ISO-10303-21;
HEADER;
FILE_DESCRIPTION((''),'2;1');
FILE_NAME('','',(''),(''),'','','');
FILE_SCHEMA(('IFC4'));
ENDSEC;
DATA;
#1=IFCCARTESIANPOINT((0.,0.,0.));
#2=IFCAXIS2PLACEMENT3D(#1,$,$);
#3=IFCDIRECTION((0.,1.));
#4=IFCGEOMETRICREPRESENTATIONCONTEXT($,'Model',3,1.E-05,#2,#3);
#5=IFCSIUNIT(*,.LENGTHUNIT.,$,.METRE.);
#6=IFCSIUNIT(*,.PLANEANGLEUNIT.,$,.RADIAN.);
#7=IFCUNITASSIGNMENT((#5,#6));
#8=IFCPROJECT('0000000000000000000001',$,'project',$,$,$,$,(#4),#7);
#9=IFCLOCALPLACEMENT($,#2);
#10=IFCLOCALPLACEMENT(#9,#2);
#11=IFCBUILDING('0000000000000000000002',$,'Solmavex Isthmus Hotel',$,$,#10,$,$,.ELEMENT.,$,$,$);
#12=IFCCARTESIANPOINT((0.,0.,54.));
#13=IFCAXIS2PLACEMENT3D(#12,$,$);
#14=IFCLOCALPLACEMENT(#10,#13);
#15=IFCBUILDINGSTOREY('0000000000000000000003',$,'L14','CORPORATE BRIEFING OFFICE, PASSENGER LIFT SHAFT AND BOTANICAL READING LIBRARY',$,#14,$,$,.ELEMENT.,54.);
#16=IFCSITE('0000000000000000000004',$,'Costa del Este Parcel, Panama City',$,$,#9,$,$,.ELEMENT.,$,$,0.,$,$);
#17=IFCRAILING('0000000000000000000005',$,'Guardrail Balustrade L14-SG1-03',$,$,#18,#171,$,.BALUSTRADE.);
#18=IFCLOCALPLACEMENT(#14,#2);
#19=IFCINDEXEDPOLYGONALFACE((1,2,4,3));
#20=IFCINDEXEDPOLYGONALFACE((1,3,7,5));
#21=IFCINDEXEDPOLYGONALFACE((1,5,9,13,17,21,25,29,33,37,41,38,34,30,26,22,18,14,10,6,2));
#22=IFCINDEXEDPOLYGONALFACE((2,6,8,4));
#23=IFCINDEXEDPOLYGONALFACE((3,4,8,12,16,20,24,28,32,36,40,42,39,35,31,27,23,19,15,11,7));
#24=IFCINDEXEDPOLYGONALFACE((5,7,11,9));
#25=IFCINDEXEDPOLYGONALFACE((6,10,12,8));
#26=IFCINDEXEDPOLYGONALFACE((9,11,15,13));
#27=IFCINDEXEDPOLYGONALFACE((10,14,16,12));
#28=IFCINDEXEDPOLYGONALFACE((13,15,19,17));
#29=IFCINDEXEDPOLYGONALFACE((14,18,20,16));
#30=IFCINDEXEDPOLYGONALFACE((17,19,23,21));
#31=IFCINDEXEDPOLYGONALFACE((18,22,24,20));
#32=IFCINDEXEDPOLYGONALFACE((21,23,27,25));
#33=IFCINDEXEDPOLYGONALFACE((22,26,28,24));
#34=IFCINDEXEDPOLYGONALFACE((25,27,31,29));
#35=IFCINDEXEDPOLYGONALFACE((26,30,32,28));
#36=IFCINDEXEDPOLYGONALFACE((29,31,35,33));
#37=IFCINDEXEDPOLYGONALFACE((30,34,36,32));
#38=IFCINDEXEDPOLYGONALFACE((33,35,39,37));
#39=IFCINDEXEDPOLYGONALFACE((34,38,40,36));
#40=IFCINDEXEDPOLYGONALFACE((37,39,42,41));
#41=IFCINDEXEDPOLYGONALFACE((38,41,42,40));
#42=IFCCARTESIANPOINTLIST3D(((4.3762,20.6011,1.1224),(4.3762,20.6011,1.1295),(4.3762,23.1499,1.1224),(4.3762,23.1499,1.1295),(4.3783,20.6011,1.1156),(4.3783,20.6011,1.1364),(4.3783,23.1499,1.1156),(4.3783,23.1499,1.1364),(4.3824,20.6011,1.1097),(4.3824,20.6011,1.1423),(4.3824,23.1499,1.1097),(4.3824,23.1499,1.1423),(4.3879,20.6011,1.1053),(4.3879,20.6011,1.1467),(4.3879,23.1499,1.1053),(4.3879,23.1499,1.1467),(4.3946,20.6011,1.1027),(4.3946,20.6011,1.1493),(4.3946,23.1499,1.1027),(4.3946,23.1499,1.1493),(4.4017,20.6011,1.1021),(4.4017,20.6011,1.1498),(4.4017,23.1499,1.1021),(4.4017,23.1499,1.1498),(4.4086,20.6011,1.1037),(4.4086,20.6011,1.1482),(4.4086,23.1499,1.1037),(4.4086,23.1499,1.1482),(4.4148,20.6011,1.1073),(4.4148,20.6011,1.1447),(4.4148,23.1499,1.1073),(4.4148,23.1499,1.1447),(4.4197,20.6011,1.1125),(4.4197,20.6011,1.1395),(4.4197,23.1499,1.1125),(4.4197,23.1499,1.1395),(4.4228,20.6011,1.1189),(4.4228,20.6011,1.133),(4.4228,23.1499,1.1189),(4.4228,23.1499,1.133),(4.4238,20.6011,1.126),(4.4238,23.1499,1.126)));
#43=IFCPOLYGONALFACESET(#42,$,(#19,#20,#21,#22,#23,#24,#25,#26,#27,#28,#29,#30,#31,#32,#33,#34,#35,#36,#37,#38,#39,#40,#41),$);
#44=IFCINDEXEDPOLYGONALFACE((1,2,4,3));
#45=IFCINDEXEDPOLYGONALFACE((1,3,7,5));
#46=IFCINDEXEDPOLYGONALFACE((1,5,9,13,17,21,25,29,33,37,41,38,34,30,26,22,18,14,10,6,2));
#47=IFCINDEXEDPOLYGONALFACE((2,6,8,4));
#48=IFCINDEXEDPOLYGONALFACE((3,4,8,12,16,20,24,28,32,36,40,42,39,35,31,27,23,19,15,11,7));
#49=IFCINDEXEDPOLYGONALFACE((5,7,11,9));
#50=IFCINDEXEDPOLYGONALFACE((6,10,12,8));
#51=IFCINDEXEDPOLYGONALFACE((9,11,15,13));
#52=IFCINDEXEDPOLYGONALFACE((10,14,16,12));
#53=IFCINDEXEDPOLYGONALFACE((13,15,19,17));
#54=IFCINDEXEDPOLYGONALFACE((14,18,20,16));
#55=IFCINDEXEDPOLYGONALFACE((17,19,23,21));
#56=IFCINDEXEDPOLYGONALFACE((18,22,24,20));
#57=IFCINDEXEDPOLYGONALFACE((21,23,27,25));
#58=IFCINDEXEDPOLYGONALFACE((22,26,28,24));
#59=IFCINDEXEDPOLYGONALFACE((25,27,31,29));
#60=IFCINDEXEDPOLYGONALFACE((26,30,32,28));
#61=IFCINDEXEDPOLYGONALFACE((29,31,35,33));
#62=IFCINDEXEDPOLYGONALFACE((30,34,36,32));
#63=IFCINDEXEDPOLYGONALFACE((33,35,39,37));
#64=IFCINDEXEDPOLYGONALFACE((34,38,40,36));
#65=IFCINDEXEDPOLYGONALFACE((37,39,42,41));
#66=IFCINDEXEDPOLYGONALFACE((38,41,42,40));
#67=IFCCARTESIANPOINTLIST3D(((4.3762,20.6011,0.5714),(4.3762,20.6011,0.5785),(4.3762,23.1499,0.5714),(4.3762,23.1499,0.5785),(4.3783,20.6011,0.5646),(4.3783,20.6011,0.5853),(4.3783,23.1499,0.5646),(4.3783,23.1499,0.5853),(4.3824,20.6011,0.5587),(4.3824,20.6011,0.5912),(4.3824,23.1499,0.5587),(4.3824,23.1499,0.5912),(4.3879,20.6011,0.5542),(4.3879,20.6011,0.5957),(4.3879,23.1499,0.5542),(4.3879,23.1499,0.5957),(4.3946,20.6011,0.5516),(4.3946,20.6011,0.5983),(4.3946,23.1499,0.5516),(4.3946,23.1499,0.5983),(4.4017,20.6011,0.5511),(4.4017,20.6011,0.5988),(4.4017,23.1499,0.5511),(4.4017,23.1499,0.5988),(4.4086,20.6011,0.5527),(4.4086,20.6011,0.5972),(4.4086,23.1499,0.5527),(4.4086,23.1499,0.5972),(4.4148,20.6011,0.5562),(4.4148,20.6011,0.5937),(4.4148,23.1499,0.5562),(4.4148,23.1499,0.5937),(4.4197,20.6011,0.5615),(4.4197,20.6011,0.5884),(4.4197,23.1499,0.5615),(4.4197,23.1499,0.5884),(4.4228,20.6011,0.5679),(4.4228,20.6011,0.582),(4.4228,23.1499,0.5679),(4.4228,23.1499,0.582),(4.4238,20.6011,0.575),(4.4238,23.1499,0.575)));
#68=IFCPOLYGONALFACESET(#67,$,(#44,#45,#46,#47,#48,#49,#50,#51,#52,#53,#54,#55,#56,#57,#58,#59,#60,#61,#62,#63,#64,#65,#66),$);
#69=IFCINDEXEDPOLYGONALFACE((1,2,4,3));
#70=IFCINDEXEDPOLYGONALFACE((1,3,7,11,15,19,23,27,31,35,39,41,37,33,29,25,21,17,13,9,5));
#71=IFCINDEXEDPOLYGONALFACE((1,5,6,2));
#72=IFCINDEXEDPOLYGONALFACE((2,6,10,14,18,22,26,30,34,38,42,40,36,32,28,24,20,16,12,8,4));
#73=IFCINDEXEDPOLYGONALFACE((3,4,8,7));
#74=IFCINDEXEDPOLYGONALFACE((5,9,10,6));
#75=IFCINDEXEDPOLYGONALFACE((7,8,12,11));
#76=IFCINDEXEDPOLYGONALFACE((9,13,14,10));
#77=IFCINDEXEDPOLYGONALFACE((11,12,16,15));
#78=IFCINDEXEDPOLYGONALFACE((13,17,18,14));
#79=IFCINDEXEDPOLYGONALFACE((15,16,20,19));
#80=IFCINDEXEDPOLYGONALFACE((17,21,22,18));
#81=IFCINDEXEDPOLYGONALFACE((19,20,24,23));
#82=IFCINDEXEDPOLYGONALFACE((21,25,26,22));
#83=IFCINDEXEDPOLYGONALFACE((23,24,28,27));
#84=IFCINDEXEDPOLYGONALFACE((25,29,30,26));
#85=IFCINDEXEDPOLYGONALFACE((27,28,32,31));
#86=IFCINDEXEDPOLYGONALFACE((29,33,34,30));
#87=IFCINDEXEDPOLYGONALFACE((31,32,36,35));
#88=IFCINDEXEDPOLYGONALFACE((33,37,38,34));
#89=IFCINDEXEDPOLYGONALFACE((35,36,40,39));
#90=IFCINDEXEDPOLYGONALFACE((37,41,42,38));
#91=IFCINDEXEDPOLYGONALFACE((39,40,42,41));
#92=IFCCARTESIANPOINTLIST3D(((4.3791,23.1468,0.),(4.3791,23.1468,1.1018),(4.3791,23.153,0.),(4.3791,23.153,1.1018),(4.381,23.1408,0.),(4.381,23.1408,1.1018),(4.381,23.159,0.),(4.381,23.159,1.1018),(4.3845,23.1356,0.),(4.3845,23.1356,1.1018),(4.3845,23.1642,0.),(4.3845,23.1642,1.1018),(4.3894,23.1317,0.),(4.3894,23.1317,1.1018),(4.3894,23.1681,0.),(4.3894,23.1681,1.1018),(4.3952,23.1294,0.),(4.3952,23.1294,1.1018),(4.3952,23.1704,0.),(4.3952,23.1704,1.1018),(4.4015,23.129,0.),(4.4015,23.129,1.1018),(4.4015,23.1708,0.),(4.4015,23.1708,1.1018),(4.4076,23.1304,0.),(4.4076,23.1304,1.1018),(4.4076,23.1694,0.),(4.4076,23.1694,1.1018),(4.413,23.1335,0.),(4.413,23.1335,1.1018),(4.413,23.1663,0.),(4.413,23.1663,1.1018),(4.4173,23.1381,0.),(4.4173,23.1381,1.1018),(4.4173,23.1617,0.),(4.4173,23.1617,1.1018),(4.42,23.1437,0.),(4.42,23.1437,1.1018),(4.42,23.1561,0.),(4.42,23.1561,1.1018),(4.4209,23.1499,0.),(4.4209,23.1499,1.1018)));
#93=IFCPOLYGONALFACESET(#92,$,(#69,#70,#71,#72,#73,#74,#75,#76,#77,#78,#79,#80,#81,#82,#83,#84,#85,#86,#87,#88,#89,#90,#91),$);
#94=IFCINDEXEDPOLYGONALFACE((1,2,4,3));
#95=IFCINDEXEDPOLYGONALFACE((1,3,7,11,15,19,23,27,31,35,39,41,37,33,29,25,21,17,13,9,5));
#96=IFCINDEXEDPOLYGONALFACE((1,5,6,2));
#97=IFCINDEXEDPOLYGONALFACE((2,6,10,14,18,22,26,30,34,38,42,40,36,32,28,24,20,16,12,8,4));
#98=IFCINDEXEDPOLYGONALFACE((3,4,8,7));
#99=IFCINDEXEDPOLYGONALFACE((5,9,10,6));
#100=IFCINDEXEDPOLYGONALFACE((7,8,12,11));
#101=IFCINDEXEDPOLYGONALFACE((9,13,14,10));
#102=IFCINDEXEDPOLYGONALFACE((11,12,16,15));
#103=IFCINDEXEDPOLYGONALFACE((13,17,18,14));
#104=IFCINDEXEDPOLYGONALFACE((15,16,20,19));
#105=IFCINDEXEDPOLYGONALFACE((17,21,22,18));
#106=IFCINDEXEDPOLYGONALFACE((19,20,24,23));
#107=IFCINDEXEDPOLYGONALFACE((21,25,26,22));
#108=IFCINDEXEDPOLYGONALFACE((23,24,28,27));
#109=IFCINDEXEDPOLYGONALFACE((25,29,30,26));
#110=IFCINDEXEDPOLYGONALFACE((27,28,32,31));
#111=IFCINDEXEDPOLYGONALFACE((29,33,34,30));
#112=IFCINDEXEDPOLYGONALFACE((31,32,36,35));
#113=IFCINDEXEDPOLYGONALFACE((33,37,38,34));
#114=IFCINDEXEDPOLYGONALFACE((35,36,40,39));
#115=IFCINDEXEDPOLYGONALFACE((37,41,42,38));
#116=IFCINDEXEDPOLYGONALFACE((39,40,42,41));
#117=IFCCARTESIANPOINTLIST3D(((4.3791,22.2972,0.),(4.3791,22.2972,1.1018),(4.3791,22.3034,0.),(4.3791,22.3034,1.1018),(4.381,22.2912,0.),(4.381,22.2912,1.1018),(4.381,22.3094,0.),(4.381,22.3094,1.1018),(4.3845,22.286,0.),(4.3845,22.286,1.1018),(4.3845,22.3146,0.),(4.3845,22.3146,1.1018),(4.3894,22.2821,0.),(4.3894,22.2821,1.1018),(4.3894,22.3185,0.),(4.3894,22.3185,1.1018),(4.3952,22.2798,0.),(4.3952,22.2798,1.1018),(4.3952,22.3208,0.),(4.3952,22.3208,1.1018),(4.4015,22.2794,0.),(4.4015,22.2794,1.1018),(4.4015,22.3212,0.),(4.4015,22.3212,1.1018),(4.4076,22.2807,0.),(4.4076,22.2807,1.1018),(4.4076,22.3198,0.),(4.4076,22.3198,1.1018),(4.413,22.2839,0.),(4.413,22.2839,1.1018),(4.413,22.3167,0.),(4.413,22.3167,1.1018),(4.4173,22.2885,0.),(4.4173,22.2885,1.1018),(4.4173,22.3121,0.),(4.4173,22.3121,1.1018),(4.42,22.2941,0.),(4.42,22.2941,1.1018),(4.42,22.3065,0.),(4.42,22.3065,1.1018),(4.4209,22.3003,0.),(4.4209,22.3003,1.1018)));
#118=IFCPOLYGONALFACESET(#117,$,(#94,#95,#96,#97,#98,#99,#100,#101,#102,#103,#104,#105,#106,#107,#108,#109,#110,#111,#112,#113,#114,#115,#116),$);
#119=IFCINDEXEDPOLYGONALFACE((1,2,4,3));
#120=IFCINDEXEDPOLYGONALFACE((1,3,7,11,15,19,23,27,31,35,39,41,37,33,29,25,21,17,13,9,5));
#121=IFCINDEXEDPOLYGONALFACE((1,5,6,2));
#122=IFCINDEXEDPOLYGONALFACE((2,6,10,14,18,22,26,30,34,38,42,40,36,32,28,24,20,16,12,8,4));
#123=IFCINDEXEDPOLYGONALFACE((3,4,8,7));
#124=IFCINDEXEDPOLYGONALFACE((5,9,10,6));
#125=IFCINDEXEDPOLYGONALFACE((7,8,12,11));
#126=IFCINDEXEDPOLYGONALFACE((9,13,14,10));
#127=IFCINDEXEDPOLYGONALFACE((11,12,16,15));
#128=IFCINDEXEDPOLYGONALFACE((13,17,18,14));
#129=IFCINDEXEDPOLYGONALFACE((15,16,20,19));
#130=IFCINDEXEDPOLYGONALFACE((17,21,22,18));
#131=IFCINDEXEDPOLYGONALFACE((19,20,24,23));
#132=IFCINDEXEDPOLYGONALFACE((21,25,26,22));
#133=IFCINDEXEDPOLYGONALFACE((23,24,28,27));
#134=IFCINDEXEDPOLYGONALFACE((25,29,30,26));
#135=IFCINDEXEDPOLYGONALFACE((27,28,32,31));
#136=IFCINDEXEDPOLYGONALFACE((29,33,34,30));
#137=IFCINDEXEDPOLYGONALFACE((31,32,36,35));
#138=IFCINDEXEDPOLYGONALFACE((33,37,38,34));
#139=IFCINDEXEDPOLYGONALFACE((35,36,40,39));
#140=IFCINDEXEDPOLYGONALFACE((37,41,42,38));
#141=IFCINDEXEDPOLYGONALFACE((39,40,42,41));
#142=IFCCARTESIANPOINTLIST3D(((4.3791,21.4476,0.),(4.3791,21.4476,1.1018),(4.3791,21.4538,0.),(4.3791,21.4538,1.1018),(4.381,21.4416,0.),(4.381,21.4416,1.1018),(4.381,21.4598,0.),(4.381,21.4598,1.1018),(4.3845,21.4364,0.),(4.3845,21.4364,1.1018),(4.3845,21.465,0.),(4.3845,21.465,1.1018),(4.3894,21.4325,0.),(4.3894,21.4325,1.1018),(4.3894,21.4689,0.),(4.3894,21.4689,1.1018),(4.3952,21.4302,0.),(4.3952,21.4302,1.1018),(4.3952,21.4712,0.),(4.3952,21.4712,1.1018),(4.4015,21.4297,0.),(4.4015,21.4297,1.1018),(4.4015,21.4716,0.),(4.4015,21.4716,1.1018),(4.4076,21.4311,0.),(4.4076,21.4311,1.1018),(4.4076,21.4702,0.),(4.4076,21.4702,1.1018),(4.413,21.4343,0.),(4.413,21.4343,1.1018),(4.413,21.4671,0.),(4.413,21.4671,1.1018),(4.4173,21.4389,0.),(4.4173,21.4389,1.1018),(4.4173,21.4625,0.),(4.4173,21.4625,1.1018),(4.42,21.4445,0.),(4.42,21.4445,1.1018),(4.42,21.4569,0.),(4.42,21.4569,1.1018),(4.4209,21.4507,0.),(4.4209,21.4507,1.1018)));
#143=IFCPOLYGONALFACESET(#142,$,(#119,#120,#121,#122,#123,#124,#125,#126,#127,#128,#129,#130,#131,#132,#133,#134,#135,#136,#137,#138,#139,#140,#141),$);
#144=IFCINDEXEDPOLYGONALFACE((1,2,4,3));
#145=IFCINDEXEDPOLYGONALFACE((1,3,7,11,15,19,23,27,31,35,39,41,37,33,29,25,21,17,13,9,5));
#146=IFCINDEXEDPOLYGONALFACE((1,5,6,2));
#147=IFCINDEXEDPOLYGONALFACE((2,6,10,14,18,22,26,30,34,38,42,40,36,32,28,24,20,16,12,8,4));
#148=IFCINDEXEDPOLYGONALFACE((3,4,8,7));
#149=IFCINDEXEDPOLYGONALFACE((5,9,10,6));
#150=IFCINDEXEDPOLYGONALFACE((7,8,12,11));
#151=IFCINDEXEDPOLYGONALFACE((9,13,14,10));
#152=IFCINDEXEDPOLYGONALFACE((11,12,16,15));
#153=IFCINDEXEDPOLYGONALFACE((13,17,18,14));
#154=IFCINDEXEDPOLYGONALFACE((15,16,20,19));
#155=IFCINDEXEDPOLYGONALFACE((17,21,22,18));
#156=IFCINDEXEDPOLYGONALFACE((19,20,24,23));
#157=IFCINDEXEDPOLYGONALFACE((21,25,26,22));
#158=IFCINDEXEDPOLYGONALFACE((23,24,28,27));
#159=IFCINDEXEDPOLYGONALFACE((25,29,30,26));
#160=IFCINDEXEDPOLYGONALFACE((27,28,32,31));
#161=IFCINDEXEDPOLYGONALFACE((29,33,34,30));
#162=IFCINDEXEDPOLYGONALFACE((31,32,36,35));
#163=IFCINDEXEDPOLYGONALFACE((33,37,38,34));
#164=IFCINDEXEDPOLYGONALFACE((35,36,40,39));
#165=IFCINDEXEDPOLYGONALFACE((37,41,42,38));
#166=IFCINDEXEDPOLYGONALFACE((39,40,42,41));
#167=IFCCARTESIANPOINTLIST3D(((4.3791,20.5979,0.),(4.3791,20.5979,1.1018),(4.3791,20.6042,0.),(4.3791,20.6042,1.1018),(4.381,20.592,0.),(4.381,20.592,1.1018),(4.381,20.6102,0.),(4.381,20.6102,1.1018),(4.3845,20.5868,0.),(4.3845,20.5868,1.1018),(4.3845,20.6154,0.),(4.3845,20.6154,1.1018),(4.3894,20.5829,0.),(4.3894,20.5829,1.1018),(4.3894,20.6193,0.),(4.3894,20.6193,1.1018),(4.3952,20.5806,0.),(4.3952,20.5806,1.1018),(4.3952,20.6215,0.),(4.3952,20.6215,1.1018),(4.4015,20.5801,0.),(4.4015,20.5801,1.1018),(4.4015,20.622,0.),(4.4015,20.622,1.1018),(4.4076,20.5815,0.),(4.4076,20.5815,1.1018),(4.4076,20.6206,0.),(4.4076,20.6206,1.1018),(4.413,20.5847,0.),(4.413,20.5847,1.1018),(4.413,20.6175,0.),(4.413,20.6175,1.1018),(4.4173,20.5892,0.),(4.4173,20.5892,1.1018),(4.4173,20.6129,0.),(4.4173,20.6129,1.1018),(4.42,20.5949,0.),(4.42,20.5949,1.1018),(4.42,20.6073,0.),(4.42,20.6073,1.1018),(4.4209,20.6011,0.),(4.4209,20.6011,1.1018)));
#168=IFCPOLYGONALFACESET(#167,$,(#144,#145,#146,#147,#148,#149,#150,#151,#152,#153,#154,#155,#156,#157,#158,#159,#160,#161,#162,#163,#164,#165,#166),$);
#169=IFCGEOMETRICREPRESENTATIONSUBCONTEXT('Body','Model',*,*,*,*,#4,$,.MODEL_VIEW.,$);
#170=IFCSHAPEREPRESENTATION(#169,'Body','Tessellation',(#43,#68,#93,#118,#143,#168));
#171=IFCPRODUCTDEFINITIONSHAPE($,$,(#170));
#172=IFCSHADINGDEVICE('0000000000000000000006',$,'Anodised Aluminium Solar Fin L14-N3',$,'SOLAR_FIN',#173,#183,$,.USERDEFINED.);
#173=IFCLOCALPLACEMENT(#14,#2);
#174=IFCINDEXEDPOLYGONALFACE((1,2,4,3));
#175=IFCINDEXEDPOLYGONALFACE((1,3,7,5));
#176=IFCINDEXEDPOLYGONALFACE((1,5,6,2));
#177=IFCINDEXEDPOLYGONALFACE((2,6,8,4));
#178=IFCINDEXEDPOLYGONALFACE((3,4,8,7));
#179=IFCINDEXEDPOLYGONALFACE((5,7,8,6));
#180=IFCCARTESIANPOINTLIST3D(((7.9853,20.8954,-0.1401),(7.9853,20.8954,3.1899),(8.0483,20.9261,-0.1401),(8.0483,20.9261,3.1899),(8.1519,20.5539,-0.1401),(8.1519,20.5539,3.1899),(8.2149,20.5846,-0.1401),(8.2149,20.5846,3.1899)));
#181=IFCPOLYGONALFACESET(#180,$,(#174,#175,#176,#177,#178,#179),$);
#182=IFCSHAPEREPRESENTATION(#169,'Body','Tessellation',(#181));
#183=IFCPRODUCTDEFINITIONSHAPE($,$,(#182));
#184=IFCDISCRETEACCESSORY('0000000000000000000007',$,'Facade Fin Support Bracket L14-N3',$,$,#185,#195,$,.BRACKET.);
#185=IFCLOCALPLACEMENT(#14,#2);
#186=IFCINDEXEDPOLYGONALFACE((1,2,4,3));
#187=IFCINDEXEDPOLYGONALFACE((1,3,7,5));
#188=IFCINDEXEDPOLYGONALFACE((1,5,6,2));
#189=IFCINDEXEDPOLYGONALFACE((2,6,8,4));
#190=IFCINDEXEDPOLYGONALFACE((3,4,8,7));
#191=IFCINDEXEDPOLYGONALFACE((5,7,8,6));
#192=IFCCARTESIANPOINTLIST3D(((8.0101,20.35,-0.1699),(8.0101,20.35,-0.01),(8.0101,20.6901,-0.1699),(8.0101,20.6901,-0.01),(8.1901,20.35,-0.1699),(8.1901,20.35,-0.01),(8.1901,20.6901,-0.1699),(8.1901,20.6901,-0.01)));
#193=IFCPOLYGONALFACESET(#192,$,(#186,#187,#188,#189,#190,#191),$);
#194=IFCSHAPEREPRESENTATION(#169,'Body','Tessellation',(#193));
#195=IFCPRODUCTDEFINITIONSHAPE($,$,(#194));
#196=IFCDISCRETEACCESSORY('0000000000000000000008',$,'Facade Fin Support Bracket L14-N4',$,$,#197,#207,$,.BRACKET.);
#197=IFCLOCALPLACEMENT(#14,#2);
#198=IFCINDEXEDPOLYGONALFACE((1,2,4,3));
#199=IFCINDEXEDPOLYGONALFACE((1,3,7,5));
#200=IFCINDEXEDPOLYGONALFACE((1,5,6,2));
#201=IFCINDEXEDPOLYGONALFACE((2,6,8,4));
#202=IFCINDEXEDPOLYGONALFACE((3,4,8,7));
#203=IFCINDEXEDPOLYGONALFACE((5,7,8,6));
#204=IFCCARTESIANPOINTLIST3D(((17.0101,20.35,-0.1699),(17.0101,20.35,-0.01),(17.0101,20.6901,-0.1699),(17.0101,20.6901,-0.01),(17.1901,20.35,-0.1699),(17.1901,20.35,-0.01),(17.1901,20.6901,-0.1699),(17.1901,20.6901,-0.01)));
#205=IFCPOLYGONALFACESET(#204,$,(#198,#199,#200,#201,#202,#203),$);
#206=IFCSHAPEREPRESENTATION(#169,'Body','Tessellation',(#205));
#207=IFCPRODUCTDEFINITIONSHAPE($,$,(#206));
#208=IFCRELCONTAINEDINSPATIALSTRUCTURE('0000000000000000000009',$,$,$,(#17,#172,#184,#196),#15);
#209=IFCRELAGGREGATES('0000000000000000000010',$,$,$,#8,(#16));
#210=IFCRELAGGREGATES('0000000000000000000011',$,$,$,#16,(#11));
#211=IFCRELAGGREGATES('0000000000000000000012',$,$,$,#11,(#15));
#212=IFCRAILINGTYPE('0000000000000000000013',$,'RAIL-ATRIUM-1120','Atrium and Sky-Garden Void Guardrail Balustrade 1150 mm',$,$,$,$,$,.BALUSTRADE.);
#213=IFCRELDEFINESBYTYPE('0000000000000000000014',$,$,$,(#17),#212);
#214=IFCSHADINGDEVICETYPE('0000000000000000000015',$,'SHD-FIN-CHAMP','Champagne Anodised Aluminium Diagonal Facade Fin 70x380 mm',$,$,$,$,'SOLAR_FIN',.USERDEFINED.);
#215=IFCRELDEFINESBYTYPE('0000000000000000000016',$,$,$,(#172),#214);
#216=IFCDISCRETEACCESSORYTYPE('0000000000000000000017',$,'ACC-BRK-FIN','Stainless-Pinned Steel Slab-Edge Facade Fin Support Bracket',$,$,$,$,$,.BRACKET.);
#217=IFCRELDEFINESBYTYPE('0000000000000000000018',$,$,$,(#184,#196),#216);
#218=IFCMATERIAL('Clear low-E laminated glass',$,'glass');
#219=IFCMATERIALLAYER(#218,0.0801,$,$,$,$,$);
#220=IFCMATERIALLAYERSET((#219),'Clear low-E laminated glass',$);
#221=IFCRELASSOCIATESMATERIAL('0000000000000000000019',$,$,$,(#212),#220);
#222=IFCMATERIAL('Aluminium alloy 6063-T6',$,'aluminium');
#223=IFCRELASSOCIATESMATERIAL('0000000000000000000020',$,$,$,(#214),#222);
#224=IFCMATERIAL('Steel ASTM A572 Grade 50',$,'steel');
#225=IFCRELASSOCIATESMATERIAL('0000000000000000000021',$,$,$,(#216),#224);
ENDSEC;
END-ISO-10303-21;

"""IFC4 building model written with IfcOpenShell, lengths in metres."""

from ifc_helpers import new_model, si_unit, direction, frame, origin, origin_2d, place, context, subcontext, project, spatial, rectangle, circle, extrude, material, layer, layer_set, type_object, element, save


model = new_model("IFC4")

# Units and contexts
model_context = context("Model", 3, precision=1e-05, world=origin(), true_north=direction((0.0, 1.0)))
body_context = subcontext(model_context, "Body", "Model", "MODEL_VIEW")
ifc_project = project(units=[si_unit("LENGTHUNIT", "METRE"), si_unit("PLANEANGLEUNIT", "RADIAN")], contexts=[model_context])

# Site, building, storey
site_placement = place(None, origin())
site = spatial("IfcSite", under=ifc_project, at=site_placement, Name="Costa del Este Parcel, Panama City", CompositionType="ELEMENT", RefElevation=0.0)
building_placement = place(site_placement, origin())
building = spatial("IfcBuilding", under=site, at=building_placement, Name="Solmavex Isthmus Hotel", CompositionType="ELEMENT")
storey_placement = place(building_placement, frame((0.0, 0.0, 54.0)))
storey = spatial("IfcBuildingStorey", under=building, at=storey_placement, Name="L14", Description="CORPORATE BRIEFING OFFICE, PASSENGER LIFT SHAFT AND BOTANICAL READING LIBRARY", CompositionType="ELEMENT", Elevation=54.0)

# Shared definitions
ifc_material_1 = material(Name="Aluminium alloy 6063-T6", Category="aluminium")
ifc_material_2 = material(Name="Clear low-E laminated glass", Category="glass")

# Railing
ifc_layer_1 = layer(ifc_material_2, 0.0801)
ifc_layer_set_1 = layer_set([ifc_layer_1], Name="Clear low-E laminated glass")
railing_type = type_object("IfcRailingType", Name="RAIL-ATRIUM-1120", Description="Atrium and Sky-Garden Void Guardrail Balustrade 1150 mm", PredefinedType="BALUSTRADE", material=ifc_layer_set_1)
railing_placement = place(storey_placement, frame((4.3999, 23.1499, 0.0)))
element("IfcRailing", 1, at=railing_placement, inside=storey, type_object=railing_type, Name="Guardrail Balustrade L14-SG1-03", PredefinedType="BALUSTRADE", context=body_context, shape_type="SweptSolid", body=[
    extrude(circle(Radius=0.0239, at=origin_2d()), frame((0.0, 0.0, 1.126), z_axis=(0.0, -1.0, 0.0), x_axis=(1.0, 0.0, 0.0)), (0.0, 0.0, 1.0), 2.5488),
    extrude(circle(Radius=0.0239, at=origin_2d()), frame((0.0, 0.0, 0.575), z_axis=(0.0, -1.0, 0.0), x_axis=(1.0, 0.0, 0.0)), (0.0, 0.0, 1.0), 2.5488),
    extrude(circle(Radius=0.021, at=origin_2d()), origin(), (0.0, 0.0, 1.0), 1.1018),
    extrude(circle(Radius=0.021, at=origin_2d()), frame((0.0, -0.8496, 0.0)), (0.0, 0.0, 1.0), 1.1018),
    extrude(circle(Radius=0.021, at=origin_2d()), frame((0.0, -1.6992, 0.0)), (0.0, 0.0, 1.0), 1.1018),
    extrude(circle(Radius=0.021, at=origin_2d()), frame((0.0, -2.5488, 0.0)), (0.0, 0.0, 1.0), 1.1018),
])

# Shading device
shading_device_type = type_object("IfcShadingDeviceType", Name="SHD-FIN-CHAMP", Description="Champagne Anodised Aluminium Diagonal Facade Fin 70x380 mm", ElementType="SOLAR_FIN", PredefinedType="USERDEFINED", material=ifc_material_1)
shading_device_placement = place(storey_placement, frame((8.1001, 20.74, -0.1401), z_axis=(0.0, 0.0, 1.0), x_axis=(-0.438371, 0.898794, 0.0)))
element("IfcShadingDevice", 2, at=shading_device_placement, inside=storey, type_object=shading_device_type, Name="Anodised Aluminium Solar Fin L14-N3", ObjectType="SOLAR_FIN", PredefinedType="USERDEFINED", context=body_context, shape_type="SweptSolid", body=[
    extrude(rectangle(XDim=0.3799, YDim=0.0701, at=origin_2d()), origin(), (0.0, 0.0, 1.0), 3.3301),
])

# Discrete accessories
ifc_material_3 = material(Name="Steel ASTM A572 Grade 50", Category="steel")
discrete_accessory_type_1 = type_object("IfcDiscreteAccessoryType", Name="ACC-BRK-FIN", Description="Stainless-Pinned Steel Slab-Edge Facade Fin Support Bracket", PredefinedType="BRACKET", material=ifc_material_3)
for number, where, z_axis, x_axis, name in (
    (3, (8.1001, 20.52, -0.1699), (0.0, 0.0, 1.0), (0.0, 1.0, 0.0), "Facade Fin Support Bracket L14-N3"),
    (4, (17.1001, 20.52, -0.1699), (0.0, 0.0, 1.0), (0.0, 1.0, 0.0), "Facade Fin Support Bracket L14-N4"),
):
    element("IfcDiscreteAccessory", number, at=place(storey_placement, frame(where, z_axis=z_axis, x_axis=x_axis)), inside=storey, type_object=discrete_accessory_type_1, Name=name, PredefinedType="BRACKET", context=body_context, shape_type="SweptSolid", body=[
        extrude(rectangle(XDim=0.3401, YDim=0.1799, at=origin_2d()), origin(), (0.0, 0.0, 1.0), 0.1599),
    ])

save(model, "model.ifc")
